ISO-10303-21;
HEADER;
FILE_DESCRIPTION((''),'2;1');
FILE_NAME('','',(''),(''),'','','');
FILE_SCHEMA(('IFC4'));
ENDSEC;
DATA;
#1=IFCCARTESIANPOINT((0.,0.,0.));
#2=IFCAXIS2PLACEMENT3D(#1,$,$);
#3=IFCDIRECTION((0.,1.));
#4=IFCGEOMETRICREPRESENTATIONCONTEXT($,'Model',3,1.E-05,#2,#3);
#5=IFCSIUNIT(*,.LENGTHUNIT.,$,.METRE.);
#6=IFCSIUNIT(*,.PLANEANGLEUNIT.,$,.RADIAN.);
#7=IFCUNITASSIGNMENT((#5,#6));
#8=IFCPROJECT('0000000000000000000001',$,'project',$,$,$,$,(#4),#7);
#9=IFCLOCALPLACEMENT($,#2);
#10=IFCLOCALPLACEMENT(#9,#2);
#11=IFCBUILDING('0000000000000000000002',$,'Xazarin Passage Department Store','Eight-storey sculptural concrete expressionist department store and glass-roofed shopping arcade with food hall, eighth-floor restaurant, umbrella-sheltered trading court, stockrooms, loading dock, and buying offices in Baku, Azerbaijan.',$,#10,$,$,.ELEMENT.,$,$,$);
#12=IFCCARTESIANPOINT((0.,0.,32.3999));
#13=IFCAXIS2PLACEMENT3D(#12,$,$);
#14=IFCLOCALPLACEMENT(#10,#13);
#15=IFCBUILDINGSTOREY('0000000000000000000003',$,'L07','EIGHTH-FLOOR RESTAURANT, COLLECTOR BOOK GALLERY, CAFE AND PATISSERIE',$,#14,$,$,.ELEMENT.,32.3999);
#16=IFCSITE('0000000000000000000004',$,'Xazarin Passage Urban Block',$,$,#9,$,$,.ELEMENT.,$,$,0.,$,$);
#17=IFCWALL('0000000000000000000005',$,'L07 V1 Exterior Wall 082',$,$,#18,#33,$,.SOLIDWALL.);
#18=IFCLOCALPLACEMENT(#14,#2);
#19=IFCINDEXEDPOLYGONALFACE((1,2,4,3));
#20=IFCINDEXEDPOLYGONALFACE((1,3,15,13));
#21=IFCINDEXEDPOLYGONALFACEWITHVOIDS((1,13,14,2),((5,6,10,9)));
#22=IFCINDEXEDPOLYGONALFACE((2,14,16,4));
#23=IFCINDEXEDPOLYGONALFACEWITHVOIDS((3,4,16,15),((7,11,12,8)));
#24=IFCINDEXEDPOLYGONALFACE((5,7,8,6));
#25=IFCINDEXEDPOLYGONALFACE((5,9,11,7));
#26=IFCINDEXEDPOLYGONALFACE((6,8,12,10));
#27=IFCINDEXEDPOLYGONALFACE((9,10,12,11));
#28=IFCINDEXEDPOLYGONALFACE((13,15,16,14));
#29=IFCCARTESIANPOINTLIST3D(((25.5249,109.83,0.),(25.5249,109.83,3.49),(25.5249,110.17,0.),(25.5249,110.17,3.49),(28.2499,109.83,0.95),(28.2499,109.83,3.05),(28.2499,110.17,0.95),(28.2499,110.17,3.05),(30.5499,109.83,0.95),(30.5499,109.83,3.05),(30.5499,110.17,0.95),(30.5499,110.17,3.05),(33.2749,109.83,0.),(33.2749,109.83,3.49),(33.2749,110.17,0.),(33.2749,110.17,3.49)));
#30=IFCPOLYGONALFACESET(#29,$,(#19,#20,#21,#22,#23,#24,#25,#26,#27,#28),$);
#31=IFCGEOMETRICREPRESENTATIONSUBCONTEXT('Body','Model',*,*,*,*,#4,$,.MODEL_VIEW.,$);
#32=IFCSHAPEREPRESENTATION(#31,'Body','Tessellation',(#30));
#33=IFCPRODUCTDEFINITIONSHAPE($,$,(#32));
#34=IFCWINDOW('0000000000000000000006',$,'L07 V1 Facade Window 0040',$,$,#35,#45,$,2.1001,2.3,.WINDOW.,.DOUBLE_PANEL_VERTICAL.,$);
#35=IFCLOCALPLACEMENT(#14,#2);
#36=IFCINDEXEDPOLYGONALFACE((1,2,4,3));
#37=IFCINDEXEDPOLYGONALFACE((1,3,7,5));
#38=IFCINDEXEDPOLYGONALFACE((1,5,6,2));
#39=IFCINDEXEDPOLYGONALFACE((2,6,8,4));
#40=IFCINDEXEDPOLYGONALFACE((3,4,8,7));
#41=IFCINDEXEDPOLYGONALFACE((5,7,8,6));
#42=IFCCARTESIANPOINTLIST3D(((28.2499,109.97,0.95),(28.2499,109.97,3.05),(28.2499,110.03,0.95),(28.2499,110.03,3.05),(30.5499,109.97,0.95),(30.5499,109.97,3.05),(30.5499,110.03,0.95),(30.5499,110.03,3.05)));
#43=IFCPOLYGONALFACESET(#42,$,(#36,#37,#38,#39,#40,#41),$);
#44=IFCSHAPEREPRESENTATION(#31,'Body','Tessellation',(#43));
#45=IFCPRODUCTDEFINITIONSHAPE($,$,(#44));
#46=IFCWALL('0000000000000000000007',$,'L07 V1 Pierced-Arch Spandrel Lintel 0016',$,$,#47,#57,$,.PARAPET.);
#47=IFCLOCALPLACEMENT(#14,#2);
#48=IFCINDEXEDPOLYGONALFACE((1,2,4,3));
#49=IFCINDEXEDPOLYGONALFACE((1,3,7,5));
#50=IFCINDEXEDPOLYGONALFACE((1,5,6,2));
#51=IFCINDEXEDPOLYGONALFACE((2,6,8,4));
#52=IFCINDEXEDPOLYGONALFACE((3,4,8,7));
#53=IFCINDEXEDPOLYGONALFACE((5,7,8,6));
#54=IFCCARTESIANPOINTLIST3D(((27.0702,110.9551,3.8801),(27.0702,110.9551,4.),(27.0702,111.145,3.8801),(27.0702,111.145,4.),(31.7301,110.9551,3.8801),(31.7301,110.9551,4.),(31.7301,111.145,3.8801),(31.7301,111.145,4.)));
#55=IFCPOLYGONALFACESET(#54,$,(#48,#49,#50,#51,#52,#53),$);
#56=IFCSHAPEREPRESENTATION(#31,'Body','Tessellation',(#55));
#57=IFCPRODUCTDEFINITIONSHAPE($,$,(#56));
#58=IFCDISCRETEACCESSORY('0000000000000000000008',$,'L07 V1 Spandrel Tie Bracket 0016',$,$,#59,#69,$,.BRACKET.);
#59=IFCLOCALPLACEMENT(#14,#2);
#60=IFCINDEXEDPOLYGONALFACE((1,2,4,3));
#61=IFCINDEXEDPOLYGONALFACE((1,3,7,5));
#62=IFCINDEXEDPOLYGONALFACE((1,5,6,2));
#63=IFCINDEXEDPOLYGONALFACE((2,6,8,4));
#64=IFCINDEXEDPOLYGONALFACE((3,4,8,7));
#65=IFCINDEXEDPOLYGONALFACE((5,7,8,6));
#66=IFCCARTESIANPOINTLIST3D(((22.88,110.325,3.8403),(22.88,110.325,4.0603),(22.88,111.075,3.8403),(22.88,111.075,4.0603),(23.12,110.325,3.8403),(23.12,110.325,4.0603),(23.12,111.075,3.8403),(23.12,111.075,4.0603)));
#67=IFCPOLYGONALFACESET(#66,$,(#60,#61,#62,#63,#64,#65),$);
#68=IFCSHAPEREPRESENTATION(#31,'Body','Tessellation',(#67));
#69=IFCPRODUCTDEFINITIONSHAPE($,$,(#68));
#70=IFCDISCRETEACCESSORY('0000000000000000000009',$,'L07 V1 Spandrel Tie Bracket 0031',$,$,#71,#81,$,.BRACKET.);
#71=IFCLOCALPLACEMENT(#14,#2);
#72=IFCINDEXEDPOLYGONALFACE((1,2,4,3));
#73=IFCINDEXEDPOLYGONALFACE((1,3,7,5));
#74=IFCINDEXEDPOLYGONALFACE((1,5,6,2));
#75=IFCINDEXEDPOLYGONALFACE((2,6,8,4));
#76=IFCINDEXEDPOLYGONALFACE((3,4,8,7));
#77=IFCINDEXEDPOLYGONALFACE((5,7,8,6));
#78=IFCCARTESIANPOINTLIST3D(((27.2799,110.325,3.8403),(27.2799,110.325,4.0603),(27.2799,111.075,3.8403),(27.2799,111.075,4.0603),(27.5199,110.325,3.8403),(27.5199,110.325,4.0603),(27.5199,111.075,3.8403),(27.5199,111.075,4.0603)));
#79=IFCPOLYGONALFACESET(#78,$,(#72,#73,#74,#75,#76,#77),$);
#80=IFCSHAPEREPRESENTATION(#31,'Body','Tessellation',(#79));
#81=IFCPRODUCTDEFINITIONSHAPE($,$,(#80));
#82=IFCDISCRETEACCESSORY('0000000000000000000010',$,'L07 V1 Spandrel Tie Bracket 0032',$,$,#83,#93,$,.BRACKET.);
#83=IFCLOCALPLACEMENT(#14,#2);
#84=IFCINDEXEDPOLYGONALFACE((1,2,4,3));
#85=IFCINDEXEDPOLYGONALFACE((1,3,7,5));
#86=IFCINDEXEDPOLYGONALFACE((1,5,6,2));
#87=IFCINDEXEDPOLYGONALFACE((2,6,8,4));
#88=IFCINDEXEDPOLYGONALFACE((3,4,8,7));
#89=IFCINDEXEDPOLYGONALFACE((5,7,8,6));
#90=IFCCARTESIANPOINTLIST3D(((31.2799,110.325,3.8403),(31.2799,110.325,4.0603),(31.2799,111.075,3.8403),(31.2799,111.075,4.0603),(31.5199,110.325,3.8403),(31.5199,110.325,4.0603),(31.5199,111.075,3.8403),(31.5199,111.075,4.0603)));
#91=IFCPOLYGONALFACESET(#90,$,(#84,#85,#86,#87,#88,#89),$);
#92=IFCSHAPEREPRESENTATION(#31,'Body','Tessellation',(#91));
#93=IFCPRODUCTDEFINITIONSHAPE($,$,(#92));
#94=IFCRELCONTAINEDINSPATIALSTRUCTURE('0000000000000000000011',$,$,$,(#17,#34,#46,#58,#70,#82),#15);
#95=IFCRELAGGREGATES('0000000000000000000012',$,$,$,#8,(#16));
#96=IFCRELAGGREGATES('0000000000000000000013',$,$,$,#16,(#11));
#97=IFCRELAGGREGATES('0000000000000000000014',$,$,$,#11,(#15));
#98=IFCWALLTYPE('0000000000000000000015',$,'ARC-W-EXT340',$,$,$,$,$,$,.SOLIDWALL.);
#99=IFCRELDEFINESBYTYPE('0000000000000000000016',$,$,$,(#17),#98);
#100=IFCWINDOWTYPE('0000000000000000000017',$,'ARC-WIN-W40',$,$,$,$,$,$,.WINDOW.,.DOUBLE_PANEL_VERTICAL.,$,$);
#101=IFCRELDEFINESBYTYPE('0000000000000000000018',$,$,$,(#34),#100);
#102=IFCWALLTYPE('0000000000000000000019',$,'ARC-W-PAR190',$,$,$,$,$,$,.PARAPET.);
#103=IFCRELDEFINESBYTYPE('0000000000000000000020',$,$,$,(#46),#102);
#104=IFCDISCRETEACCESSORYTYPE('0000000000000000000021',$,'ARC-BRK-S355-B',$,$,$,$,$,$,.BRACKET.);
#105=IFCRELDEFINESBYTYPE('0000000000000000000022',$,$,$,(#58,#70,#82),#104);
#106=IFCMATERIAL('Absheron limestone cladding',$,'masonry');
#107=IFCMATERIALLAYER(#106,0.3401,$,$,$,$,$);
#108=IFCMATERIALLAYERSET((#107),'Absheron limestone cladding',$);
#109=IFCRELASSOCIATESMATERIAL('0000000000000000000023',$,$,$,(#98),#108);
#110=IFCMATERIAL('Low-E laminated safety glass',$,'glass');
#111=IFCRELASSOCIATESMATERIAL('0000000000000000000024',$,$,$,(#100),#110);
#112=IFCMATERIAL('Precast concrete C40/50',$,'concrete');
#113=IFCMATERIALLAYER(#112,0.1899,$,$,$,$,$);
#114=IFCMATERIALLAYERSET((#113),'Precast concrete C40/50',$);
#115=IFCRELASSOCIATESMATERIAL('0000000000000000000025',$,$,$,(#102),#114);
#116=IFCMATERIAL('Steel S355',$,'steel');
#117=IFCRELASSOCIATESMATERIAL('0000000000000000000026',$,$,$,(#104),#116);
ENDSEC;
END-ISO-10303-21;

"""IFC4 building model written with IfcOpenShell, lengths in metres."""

from ifc_helpers import new_model, si_unit, direction, frame, frame_2d, origin, origin_2d, place, context, subcontext, project, spatial, rectangle, extrude, material, layer, layer_set, type_object, element, fill, save


model = new_model("IFC4")

# Units and contexts
model_context = context("Model", 3, precision=1e-05, world=origin(), true_north=direction((0.0, 1.0)))
body_context = subcontext(model_context, "Body", "Model", "MODEL_VIEW")
ifc_project = project(units=[si_unit("LENGTHUNIT", "METRE"), si_unit("PLANEANGLEUNIT", "RADIAN")], contexts=[model_context])

# Site, building, storey
site_placement = place(None, origin())
site = spatial("IfcSite", under=ifc_project, at=site_placement, Name="Xazarin Passage Urban Block", CompositionType="ELEMENT", RefElevation=0.0)
building_placement = place(site_placement, origin())
building = spatial("IfcBuilding", under=site, at=building_placement, Name="Xazarin Passage Department Store", Description="Eight-storey sculptural concrete expressionist department store and glass-roofed shopping arcade with food hall, eighth-floor restaurant, umbrella-sheltered trading court, stockrooms, loading dock, and buying offices in Baku, Azerbaijan.", CompositionType="ELEMENT")
storey_placement = place(building_placement, frame((0.0, 0.0, 32.3999)))
storey = spatial("IfcBuildingStorey", under=building, at=storey_placement, Name="L07", Description="EIGHTH-FLOOR RESTAURANT, COLLECTOR BOOK GALLERY, CAFE AND PATISSERIE", CompositionType="ELEMENT", Elevation=32.3999)

# Shared definitions
ifc_material_1 = material(Name="Low-E laminated safety glass", Category="glass")

# Shared definitions
ifc_material_2 = material(Name="Precast concrete C40/50", Category="concrete")

# Wall, opening, window
ifc_material_3 = material(Name="Absheron limestone cladding", Category="masonry")
ifc_layer_1 = layer(ifc_material_3, 0.3401)
ifc_layer_set_1 = layer_set([ifc_layer_1], Name="Absheron limestone cladding")
wall_type_1 = type_object("IfcWallType", Name="ARC-W-EXT340", PredefinedType="SOLIDWALL", material=ifc_layer_set_1)
wall_1_placement = place(storey_placement, frame((25.5249, 110.0, 0.0), z_axis=(0.0, 0.0, 1.0), x_axis=(1.0, 0.0, 0.0)))
wall_1 = element("IfcWall", 1, at=wall_1_placement, inside=storey, type_object=wall_type_1, Name="L07 V1 Exterior Wall 082", PredefinedType="SOLIDWALL", context=body_context, shape_type="SweptSolid", body=[
    extrude(rectangle(XDim=7.75, YDim=0.3401, at=frame_2d((3.875, 0.0))), origin(), (0.0, 0.0, 1.0), 3.49),
])
opening_placement = place(wall_1_placement, frame((2.7251, 0.0, 0.95)))
opening = element("IfcOpeningElement", 2, at=opening_placement, cuts=wall_1, PredefinedType="OPENING", context=body_context, shape_type="SweptSolid", body=[
    extrude(rectangle(XDim=2.3, YDim=2.1001, at=frame_2d((1.1499, 1.05))), frame((0.0, 0.1799, 0.0), z_axis=(0.0, -1.0, 0.0), x_axis=(1.0, 0.0, 0.0)), (0.0, 0.0, 1.0), 0.3601),
])
window_type = type_object("IfcWindowType", Name="ARC-WIN-W40", PartitioningType="DOUBLE_PANEL_VERTICAL", PredefinedType="WINDOW", material=ifc_material_1)
window_placement = place(opening_placement, origin())
window = element("IfcWindow", 3, at=window_placement, inside=storey, type_object=window_type, Name="L07 V1 Facade Window 0040", OverallHeight=2.1001, OverallWidth=2.3, PartitioningType="DOUBLE_PANEL_VERTICAL", PredefinedType="WINDOW", context=body_context, shape_type="SweptSolid", body=[
    extrude(rectangle(XDim=2.3, YDim=2.1001, at=frame_2d((1.1499, 1.05))), frame((0.0, 0.03, 0.0), z_axis=(0.0, -1.0, 0.0), x_axis=(1.0, 0.0, 0.0)), (0.0, 0.0, 1.0), 0.0601),
])
fill(opening, window)

# Wall
ifc_layer_2 = layer(ifc_material_2, 0.1899)
ifc_layer_set_2 = layer_set([ifc_layer_2], Name="Precast concrete C40/50")
wall_type_2 = type_object("IfcWallType", Name="ARC-W-PAR190", PredefinedType="PARAPET", material=ifc_layer_set_2)
wall_2_placement = place(storey_placement, frame((27.0701, 111.05, 3.8801), z_axis=(0.0, 0.0, 1.0), x_axis=(1.0, 0.0, 0.0)))
element("IfcWall", 4, at=wall_2_placement, inside=storey, type_object=wall_type_2, Name="L07 V1 Pierced-Arch Spandrel Lintel 0016", PredefinedType="PARAPET", context=body_context, shape_type="SweptSolid", body=[
    extrude(rectangle(XDim=4.6599, YDim=0.1899, at=frame_2d((2.3301, 0.0))), origin(), (0.0, 0.0, 1.0), 0.1199),
])

# Discrete accessories
ifc_material_4 = material(Name="Steel S355", Category="steel")
discrete_accessory_type = type_object("IfcDiscreteAccessoryType", Name="ARC-BRK-S355-B", PredefinedType="BRACKET", material=ifc_material_4)
for number, where, z_axis, x_axis, name in (
    (5, (23.0, 110.7, 3.8403), (0.0, 0.0, 1.0), (1.0, 0.0, 0.0), "L07 V1 Spandrel Tie Bracket 0016"),
    (6, (27.3999, 110.7, 3.8403), (0.0, 0.0, 1.0), (1.0, 0.0, 0.0), "L07 V1 Spandrel Tie Bracket 0031"),
    (7, (31.3999, 110.7, 3.8403), (0.0, 0.0, 1.0), (1.0, 0.0, 0.0), "L07 V1 Spandrel Tie Bracket 0032"),
):
    element("IfcDiscreteAccessory", number, at=place(storey_placement, frame(where, z_axis=z_axis, x_axis=x_axis)), inside=storey, type_object=discrete_accessory_type, Name=name, PredefinedType="BRACKET", context=body_context, shape_type="SweptSolid", body=[
        extrude(rectangle(XDim=0.24, YDim=0.75, at=origin_2d()), origin(), (0.0, 0.0, 1.0), 0.22),
    ])

save(model, "model.ifc")
